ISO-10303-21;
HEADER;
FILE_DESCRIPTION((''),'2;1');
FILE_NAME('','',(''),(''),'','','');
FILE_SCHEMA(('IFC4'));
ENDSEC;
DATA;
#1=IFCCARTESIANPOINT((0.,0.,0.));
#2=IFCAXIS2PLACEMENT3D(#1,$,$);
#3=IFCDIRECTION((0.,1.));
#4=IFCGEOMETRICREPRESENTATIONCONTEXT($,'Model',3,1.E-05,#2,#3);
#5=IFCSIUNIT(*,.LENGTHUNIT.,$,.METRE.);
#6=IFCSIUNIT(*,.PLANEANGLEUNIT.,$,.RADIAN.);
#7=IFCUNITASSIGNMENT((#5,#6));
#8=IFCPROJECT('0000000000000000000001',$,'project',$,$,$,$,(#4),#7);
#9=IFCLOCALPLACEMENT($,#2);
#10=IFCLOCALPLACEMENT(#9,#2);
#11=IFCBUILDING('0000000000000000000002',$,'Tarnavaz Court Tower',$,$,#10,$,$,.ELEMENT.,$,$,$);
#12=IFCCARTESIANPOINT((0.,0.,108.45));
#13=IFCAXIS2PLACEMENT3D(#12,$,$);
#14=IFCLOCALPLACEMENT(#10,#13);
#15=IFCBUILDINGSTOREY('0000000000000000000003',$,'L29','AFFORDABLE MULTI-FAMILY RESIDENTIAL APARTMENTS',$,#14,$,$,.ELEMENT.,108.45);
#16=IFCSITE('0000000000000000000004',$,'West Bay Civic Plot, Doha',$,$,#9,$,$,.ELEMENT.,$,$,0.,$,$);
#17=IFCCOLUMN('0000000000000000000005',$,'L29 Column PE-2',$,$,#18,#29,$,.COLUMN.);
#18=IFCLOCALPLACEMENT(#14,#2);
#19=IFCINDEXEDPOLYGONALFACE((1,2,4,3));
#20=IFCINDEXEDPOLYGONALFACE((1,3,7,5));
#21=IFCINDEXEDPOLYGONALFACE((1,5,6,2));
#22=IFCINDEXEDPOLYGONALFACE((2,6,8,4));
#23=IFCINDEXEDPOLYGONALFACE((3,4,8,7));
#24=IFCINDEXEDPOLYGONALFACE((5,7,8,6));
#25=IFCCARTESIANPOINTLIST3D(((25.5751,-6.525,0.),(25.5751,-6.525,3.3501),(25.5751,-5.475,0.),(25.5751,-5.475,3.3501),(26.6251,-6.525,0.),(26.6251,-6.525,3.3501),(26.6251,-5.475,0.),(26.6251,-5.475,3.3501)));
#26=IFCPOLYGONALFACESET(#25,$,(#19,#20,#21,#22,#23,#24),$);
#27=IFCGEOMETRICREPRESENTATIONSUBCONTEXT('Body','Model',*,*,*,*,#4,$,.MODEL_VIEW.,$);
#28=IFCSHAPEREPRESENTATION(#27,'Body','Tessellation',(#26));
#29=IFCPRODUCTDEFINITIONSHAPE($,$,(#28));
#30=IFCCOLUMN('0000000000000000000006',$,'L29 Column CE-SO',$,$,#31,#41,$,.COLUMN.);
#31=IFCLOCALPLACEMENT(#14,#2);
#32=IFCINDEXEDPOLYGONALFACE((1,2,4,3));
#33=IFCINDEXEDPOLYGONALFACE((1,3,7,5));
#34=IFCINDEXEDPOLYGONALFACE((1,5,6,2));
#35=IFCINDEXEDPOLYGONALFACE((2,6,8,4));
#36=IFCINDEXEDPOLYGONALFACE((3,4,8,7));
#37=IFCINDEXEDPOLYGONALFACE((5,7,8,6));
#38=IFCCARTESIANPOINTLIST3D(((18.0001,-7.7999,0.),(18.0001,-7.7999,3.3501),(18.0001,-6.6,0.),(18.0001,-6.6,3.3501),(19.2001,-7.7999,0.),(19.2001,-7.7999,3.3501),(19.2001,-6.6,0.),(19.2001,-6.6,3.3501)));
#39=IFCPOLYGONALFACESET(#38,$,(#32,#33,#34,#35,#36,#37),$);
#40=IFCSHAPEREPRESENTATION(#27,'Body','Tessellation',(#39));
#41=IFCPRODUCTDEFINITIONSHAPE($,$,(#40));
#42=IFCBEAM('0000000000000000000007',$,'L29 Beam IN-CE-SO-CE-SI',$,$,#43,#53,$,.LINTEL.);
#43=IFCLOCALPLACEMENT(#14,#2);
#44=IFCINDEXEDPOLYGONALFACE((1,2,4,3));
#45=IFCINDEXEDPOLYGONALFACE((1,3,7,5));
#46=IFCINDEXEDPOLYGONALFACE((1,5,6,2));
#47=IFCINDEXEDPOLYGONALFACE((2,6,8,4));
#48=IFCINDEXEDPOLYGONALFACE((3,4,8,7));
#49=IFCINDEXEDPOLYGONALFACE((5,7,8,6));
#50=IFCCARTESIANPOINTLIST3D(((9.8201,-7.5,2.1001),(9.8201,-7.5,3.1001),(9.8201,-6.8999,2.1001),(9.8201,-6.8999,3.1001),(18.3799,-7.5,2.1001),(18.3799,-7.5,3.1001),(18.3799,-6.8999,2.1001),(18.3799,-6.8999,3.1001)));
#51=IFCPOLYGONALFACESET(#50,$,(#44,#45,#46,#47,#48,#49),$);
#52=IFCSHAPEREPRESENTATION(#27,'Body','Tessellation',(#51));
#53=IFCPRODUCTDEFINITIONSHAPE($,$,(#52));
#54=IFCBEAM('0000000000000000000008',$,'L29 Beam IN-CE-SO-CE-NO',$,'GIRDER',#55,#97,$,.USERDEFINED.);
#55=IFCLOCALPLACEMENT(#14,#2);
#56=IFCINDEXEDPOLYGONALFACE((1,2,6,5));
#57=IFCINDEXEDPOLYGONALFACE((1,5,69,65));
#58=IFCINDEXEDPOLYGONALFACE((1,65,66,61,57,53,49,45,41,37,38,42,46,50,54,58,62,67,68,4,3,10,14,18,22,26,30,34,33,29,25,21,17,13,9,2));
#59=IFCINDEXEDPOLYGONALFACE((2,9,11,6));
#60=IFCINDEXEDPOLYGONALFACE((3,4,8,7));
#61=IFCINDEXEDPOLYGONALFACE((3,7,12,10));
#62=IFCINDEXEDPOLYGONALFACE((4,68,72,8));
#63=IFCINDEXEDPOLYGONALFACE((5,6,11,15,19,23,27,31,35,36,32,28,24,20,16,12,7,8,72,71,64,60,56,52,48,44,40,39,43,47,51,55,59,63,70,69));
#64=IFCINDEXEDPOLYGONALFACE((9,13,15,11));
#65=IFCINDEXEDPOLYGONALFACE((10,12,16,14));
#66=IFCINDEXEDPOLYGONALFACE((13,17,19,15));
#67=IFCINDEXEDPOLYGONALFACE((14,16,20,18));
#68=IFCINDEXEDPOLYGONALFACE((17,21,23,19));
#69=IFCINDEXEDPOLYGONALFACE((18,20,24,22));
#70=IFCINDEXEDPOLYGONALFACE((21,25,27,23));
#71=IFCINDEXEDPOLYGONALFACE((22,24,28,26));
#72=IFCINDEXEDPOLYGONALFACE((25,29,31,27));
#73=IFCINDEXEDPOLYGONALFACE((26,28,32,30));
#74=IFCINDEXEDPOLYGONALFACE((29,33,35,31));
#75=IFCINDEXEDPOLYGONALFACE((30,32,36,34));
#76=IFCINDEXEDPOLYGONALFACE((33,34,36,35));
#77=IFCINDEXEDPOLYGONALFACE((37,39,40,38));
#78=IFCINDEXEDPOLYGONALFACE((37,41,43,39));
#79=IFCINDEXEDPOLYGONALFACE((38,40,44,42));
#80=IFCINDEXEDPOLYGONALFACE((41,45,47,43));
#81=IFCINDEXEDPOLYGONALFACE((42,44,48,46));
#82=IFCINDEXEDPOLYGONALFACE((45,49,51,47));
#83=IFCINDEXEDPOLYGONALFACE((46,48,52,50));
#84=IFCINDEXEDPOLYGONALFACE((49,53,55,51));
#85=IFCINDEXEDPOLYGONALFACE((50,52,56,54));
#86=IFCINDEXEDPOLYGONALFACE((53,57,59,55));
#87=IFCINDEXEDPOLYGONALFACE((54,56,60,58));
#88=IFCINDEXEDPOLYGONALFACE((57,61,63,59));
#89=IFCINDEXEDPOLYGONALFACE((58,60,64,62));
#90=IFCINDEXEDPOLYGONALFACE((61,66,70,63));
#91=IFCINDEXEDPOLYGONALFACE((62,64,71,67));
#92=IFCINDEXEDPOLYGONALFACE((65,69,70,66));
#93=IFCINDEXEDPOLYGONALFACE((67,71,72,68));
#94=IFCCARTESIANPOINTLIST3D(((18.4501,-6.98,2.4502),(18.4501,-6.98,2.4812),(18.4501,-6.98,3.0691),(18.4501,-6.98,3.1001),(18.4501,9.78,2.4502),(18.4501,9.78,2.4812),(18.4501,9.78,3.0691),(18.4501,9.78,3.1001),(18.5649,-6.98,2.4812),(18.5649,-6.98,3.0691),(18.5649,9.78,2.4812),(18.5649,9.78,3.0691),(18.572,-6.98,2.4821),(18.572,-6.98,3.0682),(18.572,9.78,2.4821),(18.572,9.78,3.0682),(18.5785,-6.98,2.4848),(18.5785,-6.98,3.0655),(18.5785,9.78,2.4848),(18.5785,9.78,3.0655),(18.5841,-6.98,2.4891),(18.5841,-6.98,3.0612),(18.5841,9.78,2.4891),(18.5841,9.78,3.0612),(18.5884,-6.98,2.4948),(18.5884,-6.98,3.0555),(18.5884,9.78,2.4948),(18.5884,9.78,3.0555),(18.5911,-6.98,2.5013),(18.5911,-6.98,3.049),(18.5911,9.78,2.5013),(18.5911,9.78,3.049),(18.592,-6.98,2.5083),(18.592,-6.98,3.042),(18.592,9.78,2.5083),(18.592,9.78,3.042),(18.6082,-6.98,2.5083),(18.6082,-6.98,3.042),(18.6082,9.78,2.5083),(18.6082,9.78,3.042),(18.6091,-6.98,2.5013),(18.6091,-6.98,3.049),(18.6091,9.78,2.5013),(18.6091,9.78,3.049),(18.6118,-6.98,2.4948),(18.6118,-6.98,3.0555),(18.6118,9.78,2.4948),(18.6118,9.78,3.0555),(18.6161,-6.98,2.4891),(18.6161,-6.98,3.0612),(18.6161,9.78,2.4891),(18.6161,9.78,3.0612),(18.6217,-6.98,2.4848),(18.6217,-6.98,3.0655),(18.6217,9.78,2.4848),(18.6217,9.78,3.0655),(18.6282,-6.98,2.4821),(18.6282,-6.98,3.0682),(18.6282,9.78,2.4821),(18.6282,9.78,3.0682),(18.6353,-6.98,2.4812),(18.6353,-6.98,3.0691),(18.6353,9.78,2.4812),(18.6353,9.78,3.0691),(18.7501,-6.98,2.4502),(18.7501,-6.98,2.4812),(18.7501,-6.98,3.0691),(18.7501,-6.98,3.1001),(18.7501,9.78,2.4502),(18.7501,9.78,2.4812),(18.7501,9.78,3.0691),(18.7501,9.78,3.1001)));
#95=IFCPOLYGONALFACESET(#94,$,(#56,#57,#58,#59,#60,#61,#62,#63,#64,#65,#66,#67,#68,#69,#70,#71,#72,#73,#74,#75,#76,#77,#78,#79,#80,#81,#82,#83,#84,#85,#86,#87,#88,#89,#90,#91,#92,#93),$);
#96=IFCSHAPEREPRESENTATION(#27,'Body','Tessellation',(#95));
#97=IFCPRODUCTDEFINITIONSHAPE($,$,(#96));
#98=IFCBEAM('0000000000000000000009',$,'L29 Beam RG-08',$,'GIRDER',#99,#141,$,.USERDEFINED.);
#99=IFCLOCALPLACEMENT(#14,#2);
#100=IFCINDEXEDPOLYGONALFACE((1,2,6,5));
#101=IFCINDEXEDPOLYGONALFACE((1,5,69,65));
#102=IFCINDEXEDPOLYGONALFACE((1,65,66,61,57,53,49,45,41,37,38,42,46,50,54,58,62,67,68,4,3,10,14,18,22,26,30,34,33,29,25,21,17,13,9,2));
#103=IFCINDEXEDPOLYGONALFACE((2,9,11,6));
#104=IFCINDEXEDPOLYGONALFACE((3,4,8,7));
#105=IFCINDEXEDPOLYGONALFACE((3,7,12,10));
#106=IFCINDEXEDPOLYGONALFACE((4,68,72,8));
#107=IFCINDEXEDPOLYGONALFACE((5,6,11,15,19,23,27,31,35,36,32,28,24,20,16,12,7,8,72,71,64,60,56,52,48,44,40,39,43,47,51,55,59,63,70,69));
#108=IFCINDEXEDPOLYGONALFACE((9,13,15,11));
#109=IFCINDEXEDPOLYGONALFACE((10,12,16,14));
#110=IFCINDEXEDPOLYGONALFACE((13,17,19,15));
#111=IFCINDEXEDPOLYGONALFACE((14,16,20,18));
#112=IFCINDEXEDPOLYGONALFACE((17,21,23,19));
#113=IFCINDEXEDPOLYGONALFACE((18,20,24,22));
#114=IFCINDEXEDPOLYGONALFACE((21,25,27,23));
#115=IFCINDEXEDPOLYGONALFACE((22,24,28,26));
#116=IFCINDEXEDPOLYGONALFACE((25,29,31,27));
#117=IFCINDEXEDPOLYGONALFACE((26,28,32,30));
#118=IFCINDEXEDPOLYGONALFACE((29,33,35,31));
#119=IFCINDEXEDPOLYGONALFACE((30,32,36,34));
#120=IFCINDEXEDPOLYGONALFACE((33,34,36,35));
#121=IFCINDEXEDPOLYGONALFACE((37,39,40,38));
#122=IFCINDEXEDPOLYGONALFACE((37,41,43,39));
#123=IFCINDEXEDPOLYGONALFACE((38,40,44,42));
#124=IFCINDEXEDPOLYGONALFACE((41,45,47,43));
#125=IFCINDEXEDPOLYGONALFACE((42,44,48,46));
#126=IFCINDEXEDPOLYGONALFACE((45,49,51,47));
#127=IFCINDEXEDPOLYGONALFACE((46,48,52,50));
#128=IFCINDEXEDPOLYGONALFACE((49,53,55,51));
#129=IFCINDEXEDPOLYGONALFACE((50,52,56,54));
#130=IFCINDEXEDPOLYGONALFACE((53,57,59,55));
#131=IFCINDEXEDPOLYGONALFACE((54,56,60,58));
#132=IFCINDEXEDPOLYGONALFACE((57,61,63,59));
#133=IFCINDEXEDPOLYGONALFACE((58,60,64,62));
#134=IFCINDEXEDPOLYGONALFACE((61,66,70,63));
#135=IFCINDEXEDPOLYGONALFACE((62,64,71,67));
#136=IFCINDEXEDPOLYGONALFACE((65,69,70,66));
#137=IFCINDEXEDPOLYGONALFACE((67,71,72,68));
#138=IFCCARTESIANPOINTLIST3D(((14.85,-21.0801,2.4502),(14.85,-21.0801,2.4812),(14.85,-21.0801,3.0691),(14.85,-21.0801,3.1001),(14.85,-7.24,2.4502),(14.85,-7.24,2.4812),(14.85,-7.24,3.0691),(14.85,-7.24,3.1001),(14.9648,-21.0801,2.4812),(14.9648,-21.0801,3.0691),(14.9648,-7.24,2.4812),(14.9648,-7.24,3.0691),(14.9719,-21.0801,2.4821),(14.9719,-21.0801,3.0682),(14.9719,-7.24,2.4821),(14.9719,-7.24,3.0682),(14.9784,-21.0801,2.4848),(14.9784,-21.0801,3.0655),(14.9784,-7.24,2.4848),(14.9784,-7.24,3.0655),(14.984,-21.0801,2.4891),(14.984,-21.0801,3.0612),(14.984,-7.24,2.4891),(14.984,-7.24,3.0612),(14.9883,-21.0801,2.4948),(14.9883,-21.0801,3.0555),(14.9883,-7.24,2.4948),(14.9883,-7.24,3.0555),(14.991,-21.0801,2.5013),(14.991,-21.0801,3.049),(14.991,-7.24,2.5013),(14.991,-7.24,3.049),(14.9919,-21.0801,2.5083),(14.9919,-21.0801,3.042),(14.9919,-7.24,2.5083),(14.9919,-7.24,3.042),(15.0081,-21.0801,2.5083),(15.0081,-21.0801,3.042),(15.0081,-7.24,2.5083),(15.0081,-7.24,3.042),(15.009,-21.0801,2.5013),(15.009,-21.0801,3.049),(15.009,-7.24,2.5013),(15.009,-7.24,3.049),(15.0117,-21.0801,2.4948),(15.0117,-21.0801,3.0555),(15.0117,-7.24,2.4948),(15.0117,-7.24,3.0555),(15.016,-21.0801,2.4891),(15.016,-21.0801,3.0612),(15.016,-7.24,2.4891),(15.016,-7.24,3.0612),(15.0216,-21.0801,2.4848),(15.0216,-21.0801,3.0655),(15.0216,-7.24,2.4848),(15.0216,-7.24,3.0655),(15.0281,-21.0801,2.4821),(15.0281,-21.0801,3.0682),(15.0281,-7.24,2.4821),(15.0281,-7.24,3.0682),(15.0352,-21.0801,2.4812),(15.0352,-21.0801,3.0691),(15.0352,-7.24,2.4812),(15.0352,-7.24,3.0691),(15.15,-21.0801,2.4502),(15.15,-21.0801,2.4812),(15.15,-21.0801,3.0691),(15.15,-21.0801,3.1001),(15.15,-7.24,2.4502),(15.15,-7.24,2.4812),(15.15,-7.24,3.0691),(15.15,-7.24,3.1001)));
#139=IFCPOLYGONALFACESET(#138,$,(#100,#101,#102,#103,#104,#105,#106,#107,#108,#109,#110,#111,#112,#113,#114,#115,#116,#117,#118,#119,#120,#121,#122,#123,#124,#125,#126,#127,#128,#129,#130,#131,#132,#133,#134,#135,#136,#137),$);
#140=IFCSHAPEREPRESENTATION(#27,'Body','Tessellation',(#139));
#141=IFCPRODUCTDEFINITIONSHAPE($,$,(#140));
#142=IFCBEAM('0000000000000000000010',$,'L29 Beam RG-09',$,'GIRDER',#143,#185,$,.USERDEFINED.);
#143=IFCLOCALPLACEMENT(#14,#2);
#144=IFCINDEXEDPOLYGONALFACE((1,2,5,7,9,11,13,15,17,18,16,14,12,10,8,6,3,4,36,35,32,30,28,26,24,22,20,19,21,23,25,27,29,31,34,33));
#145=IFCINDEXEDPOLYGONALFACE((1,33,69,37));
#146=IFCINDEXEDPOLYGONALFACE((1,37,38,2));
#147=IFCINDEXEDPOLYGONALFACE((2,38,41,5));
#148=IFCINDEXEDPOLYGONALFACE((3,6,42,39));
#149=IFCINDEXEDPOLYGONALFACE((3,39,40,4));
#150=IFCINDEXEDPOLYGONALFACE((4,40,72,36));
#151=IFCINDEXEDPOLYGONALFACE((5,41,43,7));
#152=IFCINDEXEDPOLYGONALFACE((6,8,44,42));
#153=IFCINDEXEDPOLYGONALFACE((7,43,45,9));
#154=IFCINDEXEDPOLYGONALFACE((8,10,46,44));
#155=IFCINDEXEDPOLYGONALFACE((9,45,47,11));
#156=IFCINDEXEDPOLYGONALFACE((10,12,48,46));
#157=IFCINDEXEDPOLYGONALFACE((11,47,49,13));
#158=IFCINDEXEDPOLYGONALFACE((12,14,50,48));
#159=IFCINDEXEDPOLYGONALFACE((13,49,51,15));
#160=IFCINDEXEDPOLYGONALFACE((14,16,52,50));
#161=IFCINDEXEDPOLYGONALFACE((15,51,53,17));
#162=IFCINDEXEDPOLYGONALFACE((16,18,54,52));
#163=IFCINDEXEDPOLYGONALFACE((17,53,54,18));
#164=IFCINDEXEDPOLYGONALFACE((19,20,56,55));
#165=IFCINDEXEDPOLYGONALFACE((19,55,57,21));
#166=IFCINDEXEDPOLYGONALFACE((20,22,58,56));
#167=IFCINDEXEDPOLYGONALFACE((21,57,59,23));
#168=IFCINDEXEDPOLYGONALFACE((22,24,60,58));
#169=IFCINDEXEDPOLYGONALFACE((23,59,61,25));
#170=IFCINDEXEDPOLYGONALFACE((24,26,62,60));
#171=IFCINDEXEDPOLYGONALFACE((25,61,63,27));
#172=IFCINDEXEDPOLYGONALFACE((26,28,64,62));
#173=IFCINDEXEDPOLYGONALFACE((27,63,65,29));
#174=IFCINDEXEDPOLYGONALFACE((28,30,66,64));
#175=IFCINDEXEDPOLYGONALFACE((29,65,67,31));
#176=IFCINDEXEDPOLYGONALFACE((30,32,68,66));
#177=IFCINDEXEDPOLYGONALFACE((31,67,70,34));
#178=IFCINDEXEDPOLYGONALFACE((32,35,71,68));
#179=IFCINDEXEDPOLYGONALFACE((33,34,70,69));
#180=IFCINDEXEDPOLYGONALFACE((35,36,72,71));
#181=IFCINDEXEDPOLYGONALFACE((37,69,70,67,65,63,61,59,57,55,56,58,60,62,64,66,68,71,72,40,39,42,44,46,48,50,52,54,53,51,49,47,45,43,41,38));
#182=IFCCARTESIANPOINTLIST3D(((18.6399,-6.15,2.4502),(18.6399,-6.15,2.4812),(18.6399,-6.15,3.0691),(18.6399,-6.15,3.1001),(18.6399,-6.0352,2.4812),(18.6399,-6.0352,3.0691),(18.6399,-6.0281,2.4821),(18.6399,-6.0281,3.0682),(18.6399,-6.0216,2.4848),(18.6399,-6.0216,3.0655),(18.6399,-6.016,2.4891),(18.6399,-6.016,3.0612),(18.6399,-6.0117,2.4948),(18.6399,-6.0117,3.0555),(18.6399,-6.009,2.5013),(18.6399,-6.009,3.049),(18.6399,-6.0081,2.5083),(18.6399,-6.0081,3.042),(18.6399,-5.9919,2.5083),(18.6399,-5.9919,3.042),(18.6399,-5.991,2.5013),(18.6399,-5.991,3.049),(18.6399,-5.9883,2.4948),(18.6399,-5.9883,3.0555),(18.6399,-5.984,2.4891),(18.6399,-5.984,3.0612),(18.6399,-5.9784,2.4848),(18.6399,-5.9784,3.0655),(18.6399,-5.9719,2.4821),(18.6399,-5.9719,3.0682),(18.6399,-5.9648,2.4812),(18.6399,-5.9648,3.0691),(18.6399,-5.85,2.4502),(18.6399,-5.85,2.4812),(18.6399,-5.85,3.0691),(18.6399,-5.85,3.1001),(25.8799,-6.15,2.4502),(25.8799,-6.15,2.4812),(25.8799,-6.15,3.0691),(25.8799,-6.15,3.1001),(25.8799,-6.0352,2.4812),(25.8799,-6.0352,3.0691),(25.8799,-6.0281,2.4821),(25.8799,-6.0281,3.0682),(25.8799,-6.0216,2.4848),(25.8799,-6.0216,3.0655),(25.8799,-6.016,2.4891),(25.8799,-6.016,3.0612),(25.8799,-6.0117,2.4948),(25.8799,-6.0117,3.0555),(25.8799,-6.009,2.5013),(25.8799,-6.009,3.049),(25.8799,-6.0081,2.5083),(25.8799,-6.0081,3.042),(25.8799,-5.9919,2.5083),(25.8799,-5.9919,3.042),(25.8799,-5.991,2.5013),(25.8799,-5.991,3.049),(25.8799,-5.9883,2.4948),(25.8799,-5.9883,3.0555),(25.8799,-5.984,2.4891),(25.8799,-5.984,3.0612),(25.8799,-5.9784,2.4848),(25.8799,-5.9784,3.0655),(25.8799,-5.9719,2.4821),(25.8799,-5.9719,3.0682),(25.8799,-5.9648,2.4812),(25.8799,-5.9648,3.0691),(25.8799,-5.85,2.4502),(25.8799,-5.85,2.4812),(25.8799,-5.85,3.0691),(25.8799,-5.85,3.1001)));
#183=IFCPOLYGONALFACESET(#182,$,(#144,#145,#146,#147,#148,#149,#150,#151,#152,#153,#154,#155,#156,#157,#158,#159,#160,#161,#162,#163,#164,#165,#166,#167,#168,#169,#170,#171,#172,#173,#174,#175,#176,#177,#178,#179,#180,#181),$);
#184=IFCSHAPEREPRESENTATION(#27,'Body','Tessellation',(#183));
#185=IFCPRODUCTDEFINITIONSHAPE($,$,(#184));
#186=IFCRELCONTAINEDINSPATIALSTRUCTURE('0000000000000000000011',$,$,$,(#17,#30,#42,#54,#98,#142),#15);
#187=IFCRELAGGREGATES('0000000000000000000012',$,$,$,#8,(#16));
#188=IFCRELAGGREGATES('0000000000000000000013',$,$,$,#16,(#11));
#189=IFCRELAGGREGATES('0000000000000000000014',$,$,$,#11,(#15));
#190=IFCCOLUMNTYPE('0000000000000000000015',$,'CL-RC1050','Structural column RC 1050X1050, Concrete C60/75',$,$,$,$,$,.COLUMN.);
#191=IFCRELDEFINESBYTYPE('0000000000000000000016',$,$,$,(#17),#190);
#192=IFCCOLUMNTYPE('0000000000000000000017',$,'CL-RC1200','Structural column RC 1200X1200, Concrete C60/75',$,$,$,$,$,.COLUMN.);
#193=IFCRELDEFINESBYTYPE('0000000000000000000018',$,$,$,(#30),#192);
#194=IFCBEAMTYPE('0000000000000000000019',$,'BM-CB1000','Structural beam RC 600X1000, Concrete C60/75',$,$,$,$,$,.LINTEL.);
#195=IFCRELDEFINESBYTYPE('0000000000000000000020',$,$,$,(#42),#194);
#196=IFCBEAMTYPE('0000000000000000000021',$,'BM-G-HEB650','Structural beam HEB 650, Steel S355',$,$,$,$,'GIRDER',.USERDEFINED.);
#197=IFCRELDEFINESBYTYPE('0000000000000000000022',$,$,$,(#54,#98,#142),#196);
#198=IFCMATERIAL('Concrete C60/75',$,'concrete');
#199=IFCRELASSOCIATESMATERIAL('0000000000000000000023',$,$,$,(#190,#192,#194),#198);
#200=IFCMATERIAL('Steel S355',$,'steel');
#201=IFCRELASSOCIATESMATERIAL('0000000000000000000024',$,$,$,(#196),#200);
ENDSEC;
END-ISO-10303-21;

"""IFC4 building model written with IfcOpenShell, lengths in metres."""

from ifc_helpers import new_model, si_unit, direction, frame, origin, origin_2d, place, context, subcontext, project, spatial, rectangle, i_section, extrude, material, material_profile, profile_set, type_object, element, save


model = new_model("IFC4")

# Units and contexts
model_context = context("Model", 3, precision=1e-05, world=origin(), true_north=direction((0.0, 1.0)))
body_context = subcontext(model_context, "Body", "Model", "MODEL_VIEW")
ifc_project = project(units=[si_unit("LENGTHUNIT", "METRE"), si_unit("PLANEANGLEUNIT", "RADIAN")], contexts=[model_context])

# Site, building, storey
site_placement = place(None, origin())
site = spatial("IfcSite", under=ifc_project, at=site_placement, Name="West Bay Civic Plot, Doha", CompositionType="ELEMENT", RefElevation=0.0)
building_placement = place(site_placement, origin())
building = spatial("IfcBuilding", under=site, at=building_placement, Name="Tarnavaz Court Tower", CompositionType="ELEMENT")
storey_placement = place(building_placement, frame((0.0, 0.0, 108.45)))
storey = spatial("IfcBuildingStorey", under=building, at=storey_placement, Name="L29", Description="AFFORDABLE MULTI-FAMILY RESIDENTIAL APARTMENTS", CompositionType="ELEMENT", Elevation=108.45)

# Columns
ifc_material_1 = material(Name="Concrete C60/75", Category="concrete")
ifc_material_profile_1 = material_profile(ifc_material_1, rectangle(XDim=1.05, YDim=1.05, at=origin_2d()), Name="RC 1050X1050")
ifc_profile_set_1 = profile_set([ifc_material_profile_1], Name="Concrete C60/75")
column_type_1 = type_object("IfcColumnType", Name="CL-RC1050", Description="Structural column RC 1050X1050, Concrete C60/75", PredefinedType="COLUMN", material=ifc_profile_set_1)
column_1_placement = place(storey_placement, frame((26.1001, -6.0, 0.0), z_axis=(0.0, 0.0, 1.0), x_axis=(1.0, 0.0, 0.0)))
element("IfcColumn", 1, at=column_1_placement, inside=storey, type_object=column_type_1, Name="L29 Column PE-2", PredefinedType="COLUMN", context=body_context, shape_type="SweptSolid", body=[
    extrude(rectangle(XDim=1.05, YDim=1.05, at=origin_2d()), origin(), (0.0, 0.0, 1.0), 3.3501),
])
ifc_material_profile_2 = material_profile(ifc_material_1, rectangle(XDim=1.2, YDim=1.2, at=origin_2d()), Name="RC 1200X1200")
ifc_profile_set_2 = profile_set([ifc_material_profile_2], Name="Concrete C60/75")
column_type_2 = type_object("IfcColumnType", Name="CL-RC1200", Description="Structural column RC 1200X1200, Concrete C60/75", PredefinedType="COLUMN", material=ifc_profile_set_2)
column_2_placement = place(storey_placement, frame((18.6001, -7.2, 0.0), z_axis=(0.0, 0.0, 1.0), x_axis=(1.0, 0.0, 0.0)))
element("IfcColumn", 2, at=column_2_placement, inside=storey, type_object=column_type_2, Name="L29 Column CE-SO", PredefinedType="COLUMN", context=body_context, shape_type="SweptSolid", body=[
    extrude(rectangle(XDim=1.2, YDim=1.2, at=origin_2d()), origin(), (0.0, 0.0, 1.0), 3.3501),
])

# Beams
ifc_material_profile_3 = material_profile(ifc_material_1, rectangle(XDim=0.6001, YDim=1.0, at=origin_2d()), Name="RC 600X1000")
ifc_profile_set_3 = profile_set([ifc_material_profile_3], Name="Concrete C60/75")
beam_type_1 = type_object("IfcBeamType", Name="BM-CB1000", Description="Structural beam RC 600X1000, Concrete C60/75", PredefinedType="LINTEL", material=ifc_profile_set_3)
beam_1_placement = place(storey_placement, frame((18.3799, -7.2, 2.6001), z_axis=(-1.0, 0.0, 0.0), x_axis=(0.0, -1.0, 0.0)))
element("IfcBeam", 3, at=beam_1_placement, inside=storey, type_object=beam_type_1, Name="L29 Beam IN-CE-SO-CE-SI", PredefinedType="LINTEL", context=body_context, shape_type="SweptSolid", body=[
    extrude(rectangle(XDim=0.6001, YDim=1.0, at=origin_2d()), origin(), (0.0, 0.0, 1.0), 8.5598),
])
ifc_material_2 = material(Name="Steel S355", Category="steel")
ifc_material_profile_4 = material_profile(ifc_material_2, i_section(OverallWidth=0.3, OverallDepth=0.6499, WebThickness=0.0161, FlangeThickness=0.031, FilletRadius=0.0271, at=origin_2d()), Name="HEB 650")
ifc_profile_set_4 = profile_set([ifc_material_profile_4], Name="Steel S355")
beam_type_2 = type_object("IfcBeamType", Name="BM-G-HEB650", Description="Structural beam HEB 650, Steel S355", ElementType="GIRDER", PredefinedType="USERDEFINED", material=ifc_profile_set_4)
beam_2_placement = place(storey_placement, frame((18.6001, -6.98, 2.7751), z_axis=(0.0, 1.0, 0.0), x_axis=(-1.0, 0.0, 0.0)))
element("IfcBeam", 4, at=beam_2_placement, inside=storey, type_object=beam_type_2, Name="L29 Beam IN-CE-SO-CE-NO", ObjectType="GIRDER", PredefinedType="USERDEFINED", context=body_context, shape_type="SweptSolid", body=[
    extrude(i_section(OverallWidth=0.3, OverallDepth=0.6499, WebThickness=0.0161, FlangeThickness=0.031, FilletRadius=0.0271, at=origin_2d()), origin(), (0.0, 0.0, 1.0), 16.76),
])
beam_3_placement = place(storey_placement, frame((15.0, -7.24, 2.7751), z_axis=(0.0, -1.0, 0.0), x_axis=(1.0, 0.0, 0.0)))
element("IfcBeam", 5, at=beam_3_placement, inside=storey, type_object=beam_type_2, Name="L29 Beam RG-08", ObjectType="GIRDER", PredefinedType="USERDEFINED", context=body_context, shape_type="SweptSolid", body=[
    extrude(i_section(OverallWidth=0.3, OverallDepth=0.6499, WebThickness=0.0161, FlangeThickness=0.031, FilletRadius=0.0271, at=origin_2d()), origin(), (0.0, 0.0, 1.0), 13.8401),
])
beam_4_placement = place(storey_placement, frame((18.6399, -6.0, 2.7751), z_axis=(1.0, 0.0, 0.0), x_axis=(0.0, 1.0, 0.0)))
element("IfcBeam", 6, at=beam_4_placement, inside=storey, type_object=beam_type_2, Name="L29 Beam RG-09", ObjectType="GIRDER", PredefinedType="USERDEFINED", context=body_context, shape_type="SweptSolid", body=[
    extrude(i_section(OverallWidth=0.3, OverallDepth=0.6499, WebThickness=0.0161, FlangeThickness=0.031, FilletRadius=0.0271, at=origin_2d()), origin(), (0.0, 0.0, 1.0), 7.24),
])

save(model, "model.ifc")
